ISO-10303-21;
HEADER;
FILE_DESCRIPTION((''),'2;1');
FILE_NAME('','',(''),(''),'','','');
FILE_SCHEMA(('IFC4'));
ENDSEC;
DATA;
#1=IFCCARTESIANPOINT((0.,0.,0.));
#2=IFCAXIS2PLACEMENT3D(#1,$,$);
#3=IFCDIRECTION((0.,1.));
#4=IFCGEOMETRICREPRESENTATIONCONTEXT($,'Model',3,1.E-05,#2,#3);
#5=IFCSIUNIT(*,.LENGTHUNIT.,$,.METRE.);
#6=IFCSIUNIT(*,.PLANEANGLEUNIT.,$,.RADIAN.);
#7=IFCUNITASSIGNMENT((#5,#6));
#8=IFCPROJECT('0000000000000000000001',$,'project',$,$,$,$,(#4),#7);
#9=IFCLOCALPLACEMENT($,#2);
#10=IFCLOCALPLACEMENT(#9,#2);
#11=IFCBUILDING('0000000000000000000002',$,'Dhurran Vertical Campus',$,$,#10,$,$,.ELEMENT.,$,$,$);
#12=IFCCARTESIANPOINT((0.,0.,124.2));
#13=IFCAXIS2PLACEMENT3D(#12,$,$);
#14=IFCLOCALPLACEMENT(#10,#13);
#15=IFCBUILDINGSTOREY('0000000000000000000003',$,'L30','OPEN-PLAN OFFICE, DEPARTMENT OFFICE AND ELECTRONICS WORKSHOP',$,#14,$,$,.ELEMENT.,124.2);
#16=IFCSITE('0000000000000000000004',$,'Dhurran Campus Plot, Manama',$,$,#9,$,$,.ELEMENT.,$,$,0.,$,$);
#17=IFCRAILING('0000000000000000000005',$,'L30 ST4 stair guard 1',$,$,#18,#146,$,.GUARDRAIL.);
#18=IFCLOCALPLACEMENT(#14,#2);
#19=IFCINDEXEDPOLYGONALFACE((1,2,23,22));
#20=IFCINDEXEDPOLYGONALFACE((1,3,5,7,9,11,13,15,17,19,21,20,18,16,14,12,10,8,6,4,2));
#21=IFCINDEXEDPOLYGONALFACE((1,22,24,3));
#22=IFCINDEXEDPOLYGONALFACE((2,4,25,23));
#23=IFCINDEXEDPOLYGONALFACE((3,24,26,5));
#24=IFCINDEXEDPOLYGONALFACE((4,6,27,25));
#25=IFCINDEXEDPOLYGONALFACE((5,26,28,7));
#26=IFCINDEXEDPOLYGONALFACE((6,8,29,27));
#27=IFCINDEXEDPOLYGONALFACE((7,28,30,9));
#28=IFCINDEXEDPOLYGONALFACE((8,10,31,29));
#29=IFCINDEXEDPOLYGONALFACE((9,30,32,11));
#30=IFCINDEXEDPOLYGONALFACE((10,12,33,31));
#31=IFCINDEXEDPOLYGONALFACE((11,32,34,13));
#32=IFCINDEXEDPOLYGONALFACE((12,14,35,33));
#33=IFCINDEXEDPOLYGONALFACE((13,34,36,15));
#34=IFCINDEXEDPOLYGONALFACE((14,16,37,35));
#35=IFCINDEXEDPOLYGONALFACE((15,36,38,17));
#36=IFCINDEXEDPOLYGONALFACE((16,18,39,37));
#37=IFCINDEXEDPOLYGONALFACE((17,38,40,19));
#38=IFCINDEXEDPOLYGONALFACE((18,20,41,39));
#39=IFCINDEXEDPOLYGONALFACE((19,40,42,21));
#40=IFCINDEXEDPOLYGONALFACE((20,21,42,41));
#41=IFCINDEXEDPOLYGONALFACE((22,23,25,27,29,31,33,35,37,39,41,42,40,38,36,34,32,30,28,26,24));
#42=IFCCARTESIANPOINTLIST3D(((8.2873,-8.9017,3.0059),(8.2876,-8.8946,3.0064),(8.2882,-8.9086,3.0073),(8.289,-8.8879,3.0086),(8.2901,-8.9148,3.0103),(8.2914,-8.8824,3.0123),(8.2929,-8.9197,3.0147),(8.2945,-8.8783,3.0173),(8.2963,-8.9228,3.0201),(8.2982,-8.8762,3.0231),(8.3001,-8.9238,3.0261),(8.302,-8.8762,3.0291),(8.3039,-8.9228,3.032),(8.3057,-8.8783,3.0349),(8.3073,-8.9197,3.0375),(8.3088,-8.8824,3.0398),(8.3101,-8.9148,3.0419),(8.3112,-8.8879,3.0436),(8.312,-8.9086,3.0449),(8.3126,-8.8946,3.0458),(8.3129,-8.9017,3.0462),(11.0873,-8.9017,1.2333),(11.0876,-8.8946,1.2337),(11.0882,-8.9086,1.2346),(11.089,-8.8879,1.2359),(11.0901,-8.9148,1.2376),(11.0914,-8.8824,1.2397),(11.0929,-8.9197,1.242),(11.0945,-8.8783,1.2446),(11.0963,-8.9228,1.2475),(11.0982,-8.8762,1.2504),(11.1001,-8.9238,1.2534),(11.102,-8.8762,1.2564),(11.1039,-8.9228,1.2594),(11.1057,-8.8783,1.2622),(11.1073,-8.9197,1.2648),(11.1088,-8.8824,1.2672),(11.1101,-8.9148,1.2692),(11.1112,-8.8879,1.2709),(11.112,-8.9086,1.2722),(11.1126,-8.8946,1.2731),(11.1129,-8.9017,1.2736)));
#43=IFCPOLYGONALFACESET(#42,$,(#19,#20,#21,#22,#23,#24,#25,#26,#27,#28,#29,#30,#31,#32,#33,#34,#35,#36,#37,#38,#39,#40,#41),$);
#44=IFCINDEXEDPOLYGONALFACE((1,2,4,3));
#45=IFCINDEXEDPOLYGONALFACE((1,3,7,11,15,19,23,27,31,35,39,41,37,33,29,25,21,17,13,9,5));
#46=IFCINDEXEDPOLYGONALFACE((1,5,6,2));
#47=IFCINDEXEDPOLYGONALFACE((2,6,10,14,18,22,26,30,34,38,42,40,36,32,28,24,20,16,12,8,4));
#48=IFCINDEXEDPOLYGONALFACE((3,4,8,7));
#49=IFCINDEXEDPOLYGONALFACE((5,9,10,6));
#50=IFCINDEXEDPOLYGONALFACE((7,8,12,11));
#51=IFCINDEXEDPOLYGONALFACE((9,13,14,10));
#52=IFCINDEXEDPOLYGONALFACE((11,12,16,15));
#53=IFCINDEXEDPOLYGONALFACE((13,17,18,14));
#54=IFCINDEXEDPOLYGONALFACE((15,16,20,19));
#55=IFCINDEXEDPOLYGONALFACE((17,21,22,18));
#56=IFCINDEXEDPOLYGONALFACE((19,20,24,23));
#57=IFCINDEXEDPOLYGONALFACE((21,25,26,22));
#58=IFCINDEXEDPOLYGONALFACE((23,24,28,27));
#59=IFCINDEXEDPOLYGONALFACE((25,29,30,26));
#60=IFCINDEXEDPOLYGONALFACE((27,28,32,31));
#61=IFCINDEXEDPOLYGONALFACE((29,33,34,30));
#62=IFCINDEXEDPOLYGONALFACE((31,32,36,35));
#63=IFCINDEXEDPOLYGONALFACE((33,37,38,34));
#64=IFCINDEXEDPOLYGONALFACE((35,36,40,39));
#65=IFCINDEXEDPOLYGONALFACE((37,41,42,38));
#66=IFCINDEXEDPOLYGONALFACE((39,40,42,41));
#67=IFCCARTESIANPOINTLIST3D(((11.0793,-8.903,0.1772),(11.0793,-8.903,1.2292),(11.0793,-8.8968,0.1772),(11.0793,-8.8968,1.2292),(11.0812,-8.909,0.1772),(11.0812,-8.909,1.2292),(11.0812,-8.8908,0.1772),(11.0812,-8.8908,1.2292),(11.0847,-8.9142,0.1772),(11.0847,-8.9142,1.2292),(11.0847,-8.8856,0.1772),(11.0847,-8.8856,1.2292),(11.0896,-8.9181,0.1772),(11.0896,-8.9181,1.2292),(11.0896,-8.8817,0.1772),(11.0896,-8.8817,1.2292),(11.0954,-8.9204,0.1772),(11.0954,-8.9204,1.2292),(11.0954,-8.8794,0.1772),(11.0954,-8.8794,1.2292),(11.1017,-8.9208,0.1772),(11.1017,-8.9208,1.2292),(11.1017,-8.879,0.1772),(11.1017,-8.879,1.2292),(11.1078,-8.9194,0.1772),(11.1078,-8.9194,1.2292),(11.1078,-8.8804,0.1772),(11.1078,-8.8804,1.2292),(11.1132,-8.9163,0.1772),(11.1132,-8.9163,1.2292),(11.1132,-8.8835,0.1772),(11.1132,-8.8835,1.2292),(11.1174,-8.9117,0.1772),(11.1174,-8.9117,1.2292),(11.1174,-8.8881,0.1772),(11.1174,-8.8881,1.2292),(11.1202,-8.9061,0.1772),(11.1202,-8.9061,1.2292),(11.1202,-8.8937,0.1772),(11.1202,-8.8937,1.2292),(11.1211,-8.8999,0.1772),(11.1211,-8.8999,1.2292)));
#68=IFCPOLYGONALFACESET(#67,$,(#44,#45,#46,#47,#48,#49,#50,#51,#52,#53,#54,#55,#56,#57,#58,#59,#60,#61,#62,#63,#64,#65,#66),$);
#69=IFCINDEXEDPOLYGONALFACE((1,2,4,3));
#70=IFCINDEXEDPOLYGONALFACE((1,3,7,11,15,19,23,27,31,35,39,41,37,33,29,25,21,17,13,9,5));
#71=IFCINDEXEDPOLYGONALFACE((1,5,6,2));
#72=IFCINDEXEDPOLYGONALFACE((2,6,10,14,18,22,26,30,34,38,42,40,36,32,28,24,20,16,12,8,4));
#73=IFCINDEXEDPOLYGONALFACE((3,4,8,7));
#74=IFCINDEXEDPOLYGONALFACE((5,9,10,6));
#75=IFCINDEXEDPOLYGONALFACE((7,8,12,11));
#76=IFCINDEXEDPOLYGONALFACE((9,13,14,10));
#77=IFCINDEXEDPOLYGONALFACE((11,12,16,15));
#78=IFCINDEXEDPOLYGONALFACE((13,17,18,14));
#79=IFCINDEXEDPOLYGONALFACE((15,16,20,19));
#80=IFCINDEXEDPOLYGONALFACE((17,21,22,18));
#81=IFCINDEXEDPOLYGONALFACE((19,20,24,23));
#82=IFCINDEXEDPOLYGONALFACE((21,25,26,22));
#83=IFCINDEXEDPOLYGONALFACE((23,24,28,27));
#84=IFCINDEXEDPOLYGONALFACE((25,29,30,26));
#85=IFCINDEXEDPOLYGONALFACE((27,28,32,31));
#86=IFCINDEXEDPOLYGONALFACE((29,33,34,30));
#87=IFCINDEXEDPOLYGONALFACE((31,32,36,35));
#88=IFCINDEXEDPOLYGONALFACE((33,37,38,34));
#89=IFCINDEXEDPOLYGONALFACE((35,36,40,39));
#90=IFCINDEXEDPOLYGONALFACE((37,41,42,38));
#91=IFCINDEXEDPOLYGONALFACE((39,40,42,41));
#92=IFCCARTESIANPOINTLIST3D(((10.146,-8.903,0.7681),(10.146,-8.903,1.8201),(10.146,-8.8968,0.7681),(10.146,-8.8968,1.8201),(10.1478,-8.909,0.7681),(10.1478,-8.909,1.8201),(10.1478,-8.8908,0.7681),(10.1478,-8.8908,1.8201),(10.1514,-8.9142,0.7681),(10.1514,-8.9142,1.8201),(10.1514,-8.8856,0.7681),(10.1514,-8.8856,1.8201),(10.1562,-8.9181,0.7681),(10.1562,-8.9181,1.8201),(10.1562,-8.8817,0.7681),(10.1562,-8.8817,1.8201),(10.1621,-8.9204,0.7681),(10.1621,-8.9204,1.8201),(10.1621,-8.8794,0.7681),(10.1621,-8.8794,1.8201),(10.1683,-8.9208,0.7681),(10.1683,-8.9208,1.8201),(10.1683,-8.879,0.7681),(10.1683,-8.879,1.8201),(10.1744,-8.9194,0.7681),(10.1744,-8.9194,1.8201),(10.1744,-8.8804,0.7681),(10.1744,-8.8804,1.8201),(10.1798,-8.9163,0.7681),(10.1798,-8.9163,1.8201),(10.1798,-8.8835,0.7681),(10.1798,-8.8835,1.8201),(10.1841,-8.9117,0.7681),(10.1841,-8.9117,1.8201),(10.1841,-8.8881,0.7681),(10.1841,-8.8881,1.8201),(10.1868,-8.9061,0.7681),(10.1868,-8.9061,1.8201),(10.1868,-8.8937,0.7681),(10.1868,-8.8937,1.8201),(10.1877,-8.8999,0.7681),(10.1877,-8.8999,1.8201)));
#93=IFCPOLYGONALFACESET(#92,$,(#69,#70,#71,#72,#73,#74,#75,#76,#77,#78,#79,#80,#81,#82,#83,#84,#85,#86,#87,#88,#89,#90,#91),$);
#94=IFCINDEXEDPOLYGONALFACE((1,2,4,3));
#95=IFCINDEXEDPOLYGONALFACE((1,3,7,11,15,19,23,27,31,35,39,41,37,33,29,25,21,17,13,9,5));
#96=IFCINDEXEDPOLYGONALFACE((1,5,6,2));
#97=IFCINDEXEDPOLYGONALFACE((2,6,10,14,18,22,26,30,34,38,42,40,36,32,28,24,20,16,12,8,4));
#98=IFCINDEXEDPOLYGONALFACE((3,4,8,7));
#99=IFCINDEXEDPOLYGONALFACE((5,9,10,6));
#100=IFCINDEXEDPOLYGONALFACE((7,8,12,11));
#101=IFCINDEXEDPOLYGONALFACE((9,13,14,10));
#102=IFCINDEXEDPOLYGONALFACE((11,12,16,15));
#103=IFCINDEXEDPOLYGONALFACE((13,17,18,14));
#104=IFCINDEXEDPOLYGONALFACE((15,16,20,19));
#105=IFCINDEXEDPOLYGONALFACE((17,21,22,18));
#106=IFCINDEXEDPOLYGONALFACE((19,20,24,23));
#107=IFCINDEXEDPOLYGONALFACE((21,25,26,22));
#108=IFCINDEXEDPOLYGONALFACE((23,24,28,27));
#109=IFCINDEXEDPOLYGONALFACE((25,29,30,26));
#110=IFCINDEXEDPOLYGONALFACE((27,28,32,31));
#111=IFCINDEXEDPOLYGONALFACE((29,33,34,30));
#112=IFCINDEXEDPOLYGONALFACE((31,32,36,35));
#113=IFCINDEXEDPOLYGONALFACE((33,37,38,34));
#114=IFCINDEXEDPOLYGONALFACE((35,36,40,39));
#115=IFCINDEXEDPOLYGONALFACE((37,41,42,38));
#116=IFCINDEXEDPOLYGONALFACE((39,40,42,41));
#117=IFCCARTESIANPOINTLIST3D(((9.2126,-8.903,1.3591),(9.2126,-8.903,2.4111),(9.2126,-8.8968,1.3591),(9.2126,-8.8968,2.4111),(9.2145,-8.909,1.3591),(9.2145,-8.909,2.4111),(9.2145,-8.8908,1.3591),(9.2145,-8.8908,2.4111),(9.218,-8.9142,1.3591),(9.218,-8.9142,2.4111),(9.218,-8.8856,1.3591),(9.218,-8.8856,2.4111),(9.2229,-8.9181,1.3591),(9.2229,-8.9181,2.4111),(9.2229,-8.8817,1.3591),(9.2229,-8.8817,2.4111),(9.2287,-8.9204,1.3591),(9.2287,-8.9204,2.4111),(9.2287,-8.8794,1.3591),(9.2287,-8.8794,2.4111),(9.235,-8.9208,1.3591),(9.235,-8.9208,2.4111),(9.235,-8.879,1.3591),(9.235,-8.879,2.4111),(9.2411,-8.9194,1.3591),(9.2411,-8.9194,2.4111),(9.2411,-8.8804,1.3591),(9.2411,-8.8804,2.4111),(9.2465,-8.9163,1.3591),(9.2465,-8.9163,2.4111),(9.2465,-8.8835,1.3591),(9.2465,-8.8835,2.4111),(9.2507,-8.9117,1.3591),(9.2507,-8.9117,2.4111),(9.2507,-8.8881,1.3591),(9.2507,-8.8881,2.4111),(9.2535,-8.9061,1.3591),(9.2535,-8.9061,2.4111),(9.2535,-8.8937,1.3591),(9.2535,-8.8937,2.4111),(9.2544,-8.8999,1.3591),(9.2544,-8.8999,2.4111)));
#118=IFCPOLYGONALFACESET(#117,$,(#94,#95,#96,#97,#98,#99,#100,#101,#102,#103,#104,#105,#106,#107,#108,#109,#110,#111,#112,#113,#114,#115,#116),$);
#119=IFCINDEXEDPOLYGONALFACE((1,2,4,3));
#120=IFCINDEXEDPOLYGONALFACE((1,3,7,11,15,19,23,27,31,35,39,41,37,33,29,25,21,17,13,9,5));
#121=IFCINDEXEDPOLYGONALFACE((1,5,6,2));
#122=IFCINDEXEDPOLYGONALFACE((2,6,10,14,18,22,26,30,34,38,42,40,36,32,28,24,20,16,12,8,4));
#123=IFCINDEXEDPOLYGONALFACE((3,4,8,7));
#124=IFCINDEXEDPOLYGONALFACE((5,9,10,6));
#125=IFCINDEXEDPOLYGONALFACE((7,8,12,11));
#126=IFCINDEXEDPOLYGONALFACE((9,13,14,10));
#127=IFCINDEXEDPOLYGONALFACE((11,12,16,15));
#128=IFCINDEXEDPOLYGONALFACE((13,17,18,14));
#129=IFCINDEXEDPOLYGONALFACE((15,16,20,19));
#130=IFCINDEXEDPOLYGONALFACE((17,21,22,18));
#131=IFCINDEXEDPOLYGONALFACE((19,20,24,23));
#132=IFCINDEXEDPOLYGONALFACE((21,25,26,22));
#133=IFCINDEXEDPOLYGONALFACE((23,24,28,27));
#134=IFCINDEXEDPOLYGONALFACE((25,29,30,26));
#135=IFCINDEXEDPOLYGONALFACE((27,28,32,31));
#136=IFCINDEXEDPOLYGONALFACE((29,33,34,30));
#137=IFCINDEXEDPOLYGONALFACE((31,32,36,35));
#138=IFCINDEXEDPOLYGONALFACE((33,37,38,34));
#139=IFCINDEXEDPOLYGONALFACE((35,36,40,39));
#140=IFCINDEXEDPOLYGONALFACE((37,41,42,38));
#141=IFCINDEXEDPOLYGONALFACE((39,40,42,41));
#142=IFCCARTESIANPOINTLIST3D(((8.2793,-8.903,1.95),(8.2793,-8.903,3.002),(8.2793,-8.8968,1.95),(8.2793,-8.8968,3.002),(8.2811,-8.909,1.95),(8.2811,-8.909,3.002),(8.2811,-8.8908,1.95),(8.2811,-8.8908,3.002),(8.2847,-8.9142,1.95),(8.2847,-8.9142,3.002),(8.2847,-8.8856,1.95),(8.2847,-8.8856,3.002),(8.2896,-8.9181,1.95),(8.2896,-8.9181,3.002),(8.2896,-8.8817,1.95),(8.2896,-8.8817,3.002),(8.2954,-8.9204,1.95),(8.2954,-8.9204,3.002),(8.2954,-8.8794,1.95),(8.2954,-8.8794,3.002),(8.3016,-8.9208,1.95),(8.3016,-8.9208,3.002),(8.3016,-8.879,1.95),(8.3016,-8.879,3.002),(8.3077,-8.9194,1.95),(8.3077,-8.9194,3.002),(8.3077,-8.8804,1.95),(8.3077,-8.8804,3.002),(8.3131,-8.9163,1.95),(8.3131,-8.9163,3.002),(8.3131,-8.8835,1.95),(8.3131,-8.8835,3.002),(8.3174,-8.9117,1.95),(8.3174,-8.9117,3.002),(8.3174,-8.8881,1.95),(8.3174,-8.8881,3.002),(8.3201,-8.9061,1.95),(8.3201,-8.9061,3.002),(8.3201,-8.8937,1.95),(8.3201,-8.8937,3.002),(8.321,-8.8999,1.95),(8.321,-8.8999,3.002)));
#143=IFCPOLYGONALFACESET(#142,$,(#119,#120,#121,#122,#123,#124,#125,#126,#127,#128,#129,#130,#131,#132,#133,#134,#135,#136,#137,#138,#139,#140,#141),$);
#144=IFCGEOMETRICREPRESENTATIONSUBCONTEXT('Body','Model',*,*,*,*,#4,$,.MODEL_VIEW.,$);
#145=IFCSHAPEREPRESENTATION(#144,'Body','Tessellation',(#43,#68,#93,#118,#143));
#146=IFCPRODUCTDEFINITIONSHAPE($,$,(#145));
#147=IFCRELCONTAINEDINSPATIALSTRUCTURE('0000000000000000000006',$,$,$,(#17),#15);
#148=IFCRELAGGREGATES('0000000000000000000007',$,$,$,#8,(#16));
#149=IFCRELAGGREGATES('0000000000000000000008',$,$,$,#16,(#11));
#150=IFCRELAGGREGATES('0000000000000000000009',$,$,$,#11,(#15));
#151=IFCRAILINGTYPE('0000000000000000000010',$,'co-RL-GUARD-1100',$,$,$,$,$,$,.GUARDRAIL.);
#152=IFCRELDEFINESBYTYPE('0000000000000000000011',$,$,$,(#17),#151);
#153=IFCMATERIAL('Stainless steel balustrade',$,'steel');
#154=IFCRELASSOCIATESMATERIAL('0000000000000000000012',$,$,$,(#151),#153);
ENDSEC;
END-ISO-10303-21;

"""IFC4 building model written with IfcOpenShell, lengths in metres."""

from ifc_helpers import new_model, si_unit, direction, frame, origin, origin_2d, place, context, subcontext, project, spatial, circle, extrude, material, type_object, element, save


model = new_model("IFC4")

# Units and contexts
model_context = context("Model", 3, precision=1e-05, world=origin(), true_north=direction((0.0, 1.0)))
body_context = subcontext(model_context, "Body", "Model", "MODEL_VIEW")
ifc_project = project(units=[si_unit("LENGTHUNIT", "METRE"), si_unit("PLANEANGLEUNIT", "RADIAN")], contexts=[model_context])

# Site, building, storey
site_placement = place(None, origin())
site = spatial("IfcSite", under=ifc_project, at=site_placement, Name="Dhurran Campus Plot, Manama", CompositionType="ELEMENT", RefElevation=0.0)
building_placement = place(site_placement, origin())
building = spatial("IfcBuilding", under=site, at=building_placement, Name="Dhurran Vertical Campus", CompositionType="ELEMENT")
storey_placement = place(building_placement, frame((0.0, 0.0, 124.2)))
storey = spatial("IfcBuildingStorey", under=building, at=storey_placement, Name="L30", Description="OPEN-PLAN OFFICE, DEPARTMENT OFFICE AND ELECTRONICS WORKSHOP", CompositionType="ELEMENT", Elevation=124.2)

# Railing
ifc_material_1 = material(Name="Stainless steel balustrade", Category="steel")
railing_type_1 = type_object("IfcRailingType", Name="co-RL-GUARD-1100", PredefinedType="GUARDRAIL", material=ifc_material_1)
railing_1_placement = place(storey_placement, frame((11.1001, -8.8999, 0.1772)))
element("IfcRailing", 1, at=railing_1_placement, inside=storey, type_object=railing_type_1, Name="L30 ST4 stair guard 1", PredefinedType="GUARDRAIL", context=body_context, shape_type="SweptSolid", body=[
    extrude(circle(Radius=0.0239, at=origin_2d()), frame((0.0, 0.0, 1.0762), z_axis=(-0.844909, 0.0, 0.53491), x_axis=(0.0, -1.0, 0.0)), (0.0, 0.0, 1.0), 3.314),
    extrude(circle(Radius=0.021, at=origin_2d()), origin(), (0.0, 0.0, 1.0), 1.052),
    extrude(circle(Radius=0.021, at=origin_2d()), frame((-0.9333, 0.0, 0.5908)), (0.0, 0.0, 1.0), 1.052),
    extrude(circle(Radius=0.021, at=origin_2d()), frame((-1.8667, 0.0, 1.1819)), (0.0, 0.0, 1.0), 1.052),
    extrude(circle(Radius=0.021, at=origin_2d()), frame((-2.8, 0.0, 1.7727)), (0.0, 0.0, 1.0), 1.052),
])

save(model, "model.ifc")
